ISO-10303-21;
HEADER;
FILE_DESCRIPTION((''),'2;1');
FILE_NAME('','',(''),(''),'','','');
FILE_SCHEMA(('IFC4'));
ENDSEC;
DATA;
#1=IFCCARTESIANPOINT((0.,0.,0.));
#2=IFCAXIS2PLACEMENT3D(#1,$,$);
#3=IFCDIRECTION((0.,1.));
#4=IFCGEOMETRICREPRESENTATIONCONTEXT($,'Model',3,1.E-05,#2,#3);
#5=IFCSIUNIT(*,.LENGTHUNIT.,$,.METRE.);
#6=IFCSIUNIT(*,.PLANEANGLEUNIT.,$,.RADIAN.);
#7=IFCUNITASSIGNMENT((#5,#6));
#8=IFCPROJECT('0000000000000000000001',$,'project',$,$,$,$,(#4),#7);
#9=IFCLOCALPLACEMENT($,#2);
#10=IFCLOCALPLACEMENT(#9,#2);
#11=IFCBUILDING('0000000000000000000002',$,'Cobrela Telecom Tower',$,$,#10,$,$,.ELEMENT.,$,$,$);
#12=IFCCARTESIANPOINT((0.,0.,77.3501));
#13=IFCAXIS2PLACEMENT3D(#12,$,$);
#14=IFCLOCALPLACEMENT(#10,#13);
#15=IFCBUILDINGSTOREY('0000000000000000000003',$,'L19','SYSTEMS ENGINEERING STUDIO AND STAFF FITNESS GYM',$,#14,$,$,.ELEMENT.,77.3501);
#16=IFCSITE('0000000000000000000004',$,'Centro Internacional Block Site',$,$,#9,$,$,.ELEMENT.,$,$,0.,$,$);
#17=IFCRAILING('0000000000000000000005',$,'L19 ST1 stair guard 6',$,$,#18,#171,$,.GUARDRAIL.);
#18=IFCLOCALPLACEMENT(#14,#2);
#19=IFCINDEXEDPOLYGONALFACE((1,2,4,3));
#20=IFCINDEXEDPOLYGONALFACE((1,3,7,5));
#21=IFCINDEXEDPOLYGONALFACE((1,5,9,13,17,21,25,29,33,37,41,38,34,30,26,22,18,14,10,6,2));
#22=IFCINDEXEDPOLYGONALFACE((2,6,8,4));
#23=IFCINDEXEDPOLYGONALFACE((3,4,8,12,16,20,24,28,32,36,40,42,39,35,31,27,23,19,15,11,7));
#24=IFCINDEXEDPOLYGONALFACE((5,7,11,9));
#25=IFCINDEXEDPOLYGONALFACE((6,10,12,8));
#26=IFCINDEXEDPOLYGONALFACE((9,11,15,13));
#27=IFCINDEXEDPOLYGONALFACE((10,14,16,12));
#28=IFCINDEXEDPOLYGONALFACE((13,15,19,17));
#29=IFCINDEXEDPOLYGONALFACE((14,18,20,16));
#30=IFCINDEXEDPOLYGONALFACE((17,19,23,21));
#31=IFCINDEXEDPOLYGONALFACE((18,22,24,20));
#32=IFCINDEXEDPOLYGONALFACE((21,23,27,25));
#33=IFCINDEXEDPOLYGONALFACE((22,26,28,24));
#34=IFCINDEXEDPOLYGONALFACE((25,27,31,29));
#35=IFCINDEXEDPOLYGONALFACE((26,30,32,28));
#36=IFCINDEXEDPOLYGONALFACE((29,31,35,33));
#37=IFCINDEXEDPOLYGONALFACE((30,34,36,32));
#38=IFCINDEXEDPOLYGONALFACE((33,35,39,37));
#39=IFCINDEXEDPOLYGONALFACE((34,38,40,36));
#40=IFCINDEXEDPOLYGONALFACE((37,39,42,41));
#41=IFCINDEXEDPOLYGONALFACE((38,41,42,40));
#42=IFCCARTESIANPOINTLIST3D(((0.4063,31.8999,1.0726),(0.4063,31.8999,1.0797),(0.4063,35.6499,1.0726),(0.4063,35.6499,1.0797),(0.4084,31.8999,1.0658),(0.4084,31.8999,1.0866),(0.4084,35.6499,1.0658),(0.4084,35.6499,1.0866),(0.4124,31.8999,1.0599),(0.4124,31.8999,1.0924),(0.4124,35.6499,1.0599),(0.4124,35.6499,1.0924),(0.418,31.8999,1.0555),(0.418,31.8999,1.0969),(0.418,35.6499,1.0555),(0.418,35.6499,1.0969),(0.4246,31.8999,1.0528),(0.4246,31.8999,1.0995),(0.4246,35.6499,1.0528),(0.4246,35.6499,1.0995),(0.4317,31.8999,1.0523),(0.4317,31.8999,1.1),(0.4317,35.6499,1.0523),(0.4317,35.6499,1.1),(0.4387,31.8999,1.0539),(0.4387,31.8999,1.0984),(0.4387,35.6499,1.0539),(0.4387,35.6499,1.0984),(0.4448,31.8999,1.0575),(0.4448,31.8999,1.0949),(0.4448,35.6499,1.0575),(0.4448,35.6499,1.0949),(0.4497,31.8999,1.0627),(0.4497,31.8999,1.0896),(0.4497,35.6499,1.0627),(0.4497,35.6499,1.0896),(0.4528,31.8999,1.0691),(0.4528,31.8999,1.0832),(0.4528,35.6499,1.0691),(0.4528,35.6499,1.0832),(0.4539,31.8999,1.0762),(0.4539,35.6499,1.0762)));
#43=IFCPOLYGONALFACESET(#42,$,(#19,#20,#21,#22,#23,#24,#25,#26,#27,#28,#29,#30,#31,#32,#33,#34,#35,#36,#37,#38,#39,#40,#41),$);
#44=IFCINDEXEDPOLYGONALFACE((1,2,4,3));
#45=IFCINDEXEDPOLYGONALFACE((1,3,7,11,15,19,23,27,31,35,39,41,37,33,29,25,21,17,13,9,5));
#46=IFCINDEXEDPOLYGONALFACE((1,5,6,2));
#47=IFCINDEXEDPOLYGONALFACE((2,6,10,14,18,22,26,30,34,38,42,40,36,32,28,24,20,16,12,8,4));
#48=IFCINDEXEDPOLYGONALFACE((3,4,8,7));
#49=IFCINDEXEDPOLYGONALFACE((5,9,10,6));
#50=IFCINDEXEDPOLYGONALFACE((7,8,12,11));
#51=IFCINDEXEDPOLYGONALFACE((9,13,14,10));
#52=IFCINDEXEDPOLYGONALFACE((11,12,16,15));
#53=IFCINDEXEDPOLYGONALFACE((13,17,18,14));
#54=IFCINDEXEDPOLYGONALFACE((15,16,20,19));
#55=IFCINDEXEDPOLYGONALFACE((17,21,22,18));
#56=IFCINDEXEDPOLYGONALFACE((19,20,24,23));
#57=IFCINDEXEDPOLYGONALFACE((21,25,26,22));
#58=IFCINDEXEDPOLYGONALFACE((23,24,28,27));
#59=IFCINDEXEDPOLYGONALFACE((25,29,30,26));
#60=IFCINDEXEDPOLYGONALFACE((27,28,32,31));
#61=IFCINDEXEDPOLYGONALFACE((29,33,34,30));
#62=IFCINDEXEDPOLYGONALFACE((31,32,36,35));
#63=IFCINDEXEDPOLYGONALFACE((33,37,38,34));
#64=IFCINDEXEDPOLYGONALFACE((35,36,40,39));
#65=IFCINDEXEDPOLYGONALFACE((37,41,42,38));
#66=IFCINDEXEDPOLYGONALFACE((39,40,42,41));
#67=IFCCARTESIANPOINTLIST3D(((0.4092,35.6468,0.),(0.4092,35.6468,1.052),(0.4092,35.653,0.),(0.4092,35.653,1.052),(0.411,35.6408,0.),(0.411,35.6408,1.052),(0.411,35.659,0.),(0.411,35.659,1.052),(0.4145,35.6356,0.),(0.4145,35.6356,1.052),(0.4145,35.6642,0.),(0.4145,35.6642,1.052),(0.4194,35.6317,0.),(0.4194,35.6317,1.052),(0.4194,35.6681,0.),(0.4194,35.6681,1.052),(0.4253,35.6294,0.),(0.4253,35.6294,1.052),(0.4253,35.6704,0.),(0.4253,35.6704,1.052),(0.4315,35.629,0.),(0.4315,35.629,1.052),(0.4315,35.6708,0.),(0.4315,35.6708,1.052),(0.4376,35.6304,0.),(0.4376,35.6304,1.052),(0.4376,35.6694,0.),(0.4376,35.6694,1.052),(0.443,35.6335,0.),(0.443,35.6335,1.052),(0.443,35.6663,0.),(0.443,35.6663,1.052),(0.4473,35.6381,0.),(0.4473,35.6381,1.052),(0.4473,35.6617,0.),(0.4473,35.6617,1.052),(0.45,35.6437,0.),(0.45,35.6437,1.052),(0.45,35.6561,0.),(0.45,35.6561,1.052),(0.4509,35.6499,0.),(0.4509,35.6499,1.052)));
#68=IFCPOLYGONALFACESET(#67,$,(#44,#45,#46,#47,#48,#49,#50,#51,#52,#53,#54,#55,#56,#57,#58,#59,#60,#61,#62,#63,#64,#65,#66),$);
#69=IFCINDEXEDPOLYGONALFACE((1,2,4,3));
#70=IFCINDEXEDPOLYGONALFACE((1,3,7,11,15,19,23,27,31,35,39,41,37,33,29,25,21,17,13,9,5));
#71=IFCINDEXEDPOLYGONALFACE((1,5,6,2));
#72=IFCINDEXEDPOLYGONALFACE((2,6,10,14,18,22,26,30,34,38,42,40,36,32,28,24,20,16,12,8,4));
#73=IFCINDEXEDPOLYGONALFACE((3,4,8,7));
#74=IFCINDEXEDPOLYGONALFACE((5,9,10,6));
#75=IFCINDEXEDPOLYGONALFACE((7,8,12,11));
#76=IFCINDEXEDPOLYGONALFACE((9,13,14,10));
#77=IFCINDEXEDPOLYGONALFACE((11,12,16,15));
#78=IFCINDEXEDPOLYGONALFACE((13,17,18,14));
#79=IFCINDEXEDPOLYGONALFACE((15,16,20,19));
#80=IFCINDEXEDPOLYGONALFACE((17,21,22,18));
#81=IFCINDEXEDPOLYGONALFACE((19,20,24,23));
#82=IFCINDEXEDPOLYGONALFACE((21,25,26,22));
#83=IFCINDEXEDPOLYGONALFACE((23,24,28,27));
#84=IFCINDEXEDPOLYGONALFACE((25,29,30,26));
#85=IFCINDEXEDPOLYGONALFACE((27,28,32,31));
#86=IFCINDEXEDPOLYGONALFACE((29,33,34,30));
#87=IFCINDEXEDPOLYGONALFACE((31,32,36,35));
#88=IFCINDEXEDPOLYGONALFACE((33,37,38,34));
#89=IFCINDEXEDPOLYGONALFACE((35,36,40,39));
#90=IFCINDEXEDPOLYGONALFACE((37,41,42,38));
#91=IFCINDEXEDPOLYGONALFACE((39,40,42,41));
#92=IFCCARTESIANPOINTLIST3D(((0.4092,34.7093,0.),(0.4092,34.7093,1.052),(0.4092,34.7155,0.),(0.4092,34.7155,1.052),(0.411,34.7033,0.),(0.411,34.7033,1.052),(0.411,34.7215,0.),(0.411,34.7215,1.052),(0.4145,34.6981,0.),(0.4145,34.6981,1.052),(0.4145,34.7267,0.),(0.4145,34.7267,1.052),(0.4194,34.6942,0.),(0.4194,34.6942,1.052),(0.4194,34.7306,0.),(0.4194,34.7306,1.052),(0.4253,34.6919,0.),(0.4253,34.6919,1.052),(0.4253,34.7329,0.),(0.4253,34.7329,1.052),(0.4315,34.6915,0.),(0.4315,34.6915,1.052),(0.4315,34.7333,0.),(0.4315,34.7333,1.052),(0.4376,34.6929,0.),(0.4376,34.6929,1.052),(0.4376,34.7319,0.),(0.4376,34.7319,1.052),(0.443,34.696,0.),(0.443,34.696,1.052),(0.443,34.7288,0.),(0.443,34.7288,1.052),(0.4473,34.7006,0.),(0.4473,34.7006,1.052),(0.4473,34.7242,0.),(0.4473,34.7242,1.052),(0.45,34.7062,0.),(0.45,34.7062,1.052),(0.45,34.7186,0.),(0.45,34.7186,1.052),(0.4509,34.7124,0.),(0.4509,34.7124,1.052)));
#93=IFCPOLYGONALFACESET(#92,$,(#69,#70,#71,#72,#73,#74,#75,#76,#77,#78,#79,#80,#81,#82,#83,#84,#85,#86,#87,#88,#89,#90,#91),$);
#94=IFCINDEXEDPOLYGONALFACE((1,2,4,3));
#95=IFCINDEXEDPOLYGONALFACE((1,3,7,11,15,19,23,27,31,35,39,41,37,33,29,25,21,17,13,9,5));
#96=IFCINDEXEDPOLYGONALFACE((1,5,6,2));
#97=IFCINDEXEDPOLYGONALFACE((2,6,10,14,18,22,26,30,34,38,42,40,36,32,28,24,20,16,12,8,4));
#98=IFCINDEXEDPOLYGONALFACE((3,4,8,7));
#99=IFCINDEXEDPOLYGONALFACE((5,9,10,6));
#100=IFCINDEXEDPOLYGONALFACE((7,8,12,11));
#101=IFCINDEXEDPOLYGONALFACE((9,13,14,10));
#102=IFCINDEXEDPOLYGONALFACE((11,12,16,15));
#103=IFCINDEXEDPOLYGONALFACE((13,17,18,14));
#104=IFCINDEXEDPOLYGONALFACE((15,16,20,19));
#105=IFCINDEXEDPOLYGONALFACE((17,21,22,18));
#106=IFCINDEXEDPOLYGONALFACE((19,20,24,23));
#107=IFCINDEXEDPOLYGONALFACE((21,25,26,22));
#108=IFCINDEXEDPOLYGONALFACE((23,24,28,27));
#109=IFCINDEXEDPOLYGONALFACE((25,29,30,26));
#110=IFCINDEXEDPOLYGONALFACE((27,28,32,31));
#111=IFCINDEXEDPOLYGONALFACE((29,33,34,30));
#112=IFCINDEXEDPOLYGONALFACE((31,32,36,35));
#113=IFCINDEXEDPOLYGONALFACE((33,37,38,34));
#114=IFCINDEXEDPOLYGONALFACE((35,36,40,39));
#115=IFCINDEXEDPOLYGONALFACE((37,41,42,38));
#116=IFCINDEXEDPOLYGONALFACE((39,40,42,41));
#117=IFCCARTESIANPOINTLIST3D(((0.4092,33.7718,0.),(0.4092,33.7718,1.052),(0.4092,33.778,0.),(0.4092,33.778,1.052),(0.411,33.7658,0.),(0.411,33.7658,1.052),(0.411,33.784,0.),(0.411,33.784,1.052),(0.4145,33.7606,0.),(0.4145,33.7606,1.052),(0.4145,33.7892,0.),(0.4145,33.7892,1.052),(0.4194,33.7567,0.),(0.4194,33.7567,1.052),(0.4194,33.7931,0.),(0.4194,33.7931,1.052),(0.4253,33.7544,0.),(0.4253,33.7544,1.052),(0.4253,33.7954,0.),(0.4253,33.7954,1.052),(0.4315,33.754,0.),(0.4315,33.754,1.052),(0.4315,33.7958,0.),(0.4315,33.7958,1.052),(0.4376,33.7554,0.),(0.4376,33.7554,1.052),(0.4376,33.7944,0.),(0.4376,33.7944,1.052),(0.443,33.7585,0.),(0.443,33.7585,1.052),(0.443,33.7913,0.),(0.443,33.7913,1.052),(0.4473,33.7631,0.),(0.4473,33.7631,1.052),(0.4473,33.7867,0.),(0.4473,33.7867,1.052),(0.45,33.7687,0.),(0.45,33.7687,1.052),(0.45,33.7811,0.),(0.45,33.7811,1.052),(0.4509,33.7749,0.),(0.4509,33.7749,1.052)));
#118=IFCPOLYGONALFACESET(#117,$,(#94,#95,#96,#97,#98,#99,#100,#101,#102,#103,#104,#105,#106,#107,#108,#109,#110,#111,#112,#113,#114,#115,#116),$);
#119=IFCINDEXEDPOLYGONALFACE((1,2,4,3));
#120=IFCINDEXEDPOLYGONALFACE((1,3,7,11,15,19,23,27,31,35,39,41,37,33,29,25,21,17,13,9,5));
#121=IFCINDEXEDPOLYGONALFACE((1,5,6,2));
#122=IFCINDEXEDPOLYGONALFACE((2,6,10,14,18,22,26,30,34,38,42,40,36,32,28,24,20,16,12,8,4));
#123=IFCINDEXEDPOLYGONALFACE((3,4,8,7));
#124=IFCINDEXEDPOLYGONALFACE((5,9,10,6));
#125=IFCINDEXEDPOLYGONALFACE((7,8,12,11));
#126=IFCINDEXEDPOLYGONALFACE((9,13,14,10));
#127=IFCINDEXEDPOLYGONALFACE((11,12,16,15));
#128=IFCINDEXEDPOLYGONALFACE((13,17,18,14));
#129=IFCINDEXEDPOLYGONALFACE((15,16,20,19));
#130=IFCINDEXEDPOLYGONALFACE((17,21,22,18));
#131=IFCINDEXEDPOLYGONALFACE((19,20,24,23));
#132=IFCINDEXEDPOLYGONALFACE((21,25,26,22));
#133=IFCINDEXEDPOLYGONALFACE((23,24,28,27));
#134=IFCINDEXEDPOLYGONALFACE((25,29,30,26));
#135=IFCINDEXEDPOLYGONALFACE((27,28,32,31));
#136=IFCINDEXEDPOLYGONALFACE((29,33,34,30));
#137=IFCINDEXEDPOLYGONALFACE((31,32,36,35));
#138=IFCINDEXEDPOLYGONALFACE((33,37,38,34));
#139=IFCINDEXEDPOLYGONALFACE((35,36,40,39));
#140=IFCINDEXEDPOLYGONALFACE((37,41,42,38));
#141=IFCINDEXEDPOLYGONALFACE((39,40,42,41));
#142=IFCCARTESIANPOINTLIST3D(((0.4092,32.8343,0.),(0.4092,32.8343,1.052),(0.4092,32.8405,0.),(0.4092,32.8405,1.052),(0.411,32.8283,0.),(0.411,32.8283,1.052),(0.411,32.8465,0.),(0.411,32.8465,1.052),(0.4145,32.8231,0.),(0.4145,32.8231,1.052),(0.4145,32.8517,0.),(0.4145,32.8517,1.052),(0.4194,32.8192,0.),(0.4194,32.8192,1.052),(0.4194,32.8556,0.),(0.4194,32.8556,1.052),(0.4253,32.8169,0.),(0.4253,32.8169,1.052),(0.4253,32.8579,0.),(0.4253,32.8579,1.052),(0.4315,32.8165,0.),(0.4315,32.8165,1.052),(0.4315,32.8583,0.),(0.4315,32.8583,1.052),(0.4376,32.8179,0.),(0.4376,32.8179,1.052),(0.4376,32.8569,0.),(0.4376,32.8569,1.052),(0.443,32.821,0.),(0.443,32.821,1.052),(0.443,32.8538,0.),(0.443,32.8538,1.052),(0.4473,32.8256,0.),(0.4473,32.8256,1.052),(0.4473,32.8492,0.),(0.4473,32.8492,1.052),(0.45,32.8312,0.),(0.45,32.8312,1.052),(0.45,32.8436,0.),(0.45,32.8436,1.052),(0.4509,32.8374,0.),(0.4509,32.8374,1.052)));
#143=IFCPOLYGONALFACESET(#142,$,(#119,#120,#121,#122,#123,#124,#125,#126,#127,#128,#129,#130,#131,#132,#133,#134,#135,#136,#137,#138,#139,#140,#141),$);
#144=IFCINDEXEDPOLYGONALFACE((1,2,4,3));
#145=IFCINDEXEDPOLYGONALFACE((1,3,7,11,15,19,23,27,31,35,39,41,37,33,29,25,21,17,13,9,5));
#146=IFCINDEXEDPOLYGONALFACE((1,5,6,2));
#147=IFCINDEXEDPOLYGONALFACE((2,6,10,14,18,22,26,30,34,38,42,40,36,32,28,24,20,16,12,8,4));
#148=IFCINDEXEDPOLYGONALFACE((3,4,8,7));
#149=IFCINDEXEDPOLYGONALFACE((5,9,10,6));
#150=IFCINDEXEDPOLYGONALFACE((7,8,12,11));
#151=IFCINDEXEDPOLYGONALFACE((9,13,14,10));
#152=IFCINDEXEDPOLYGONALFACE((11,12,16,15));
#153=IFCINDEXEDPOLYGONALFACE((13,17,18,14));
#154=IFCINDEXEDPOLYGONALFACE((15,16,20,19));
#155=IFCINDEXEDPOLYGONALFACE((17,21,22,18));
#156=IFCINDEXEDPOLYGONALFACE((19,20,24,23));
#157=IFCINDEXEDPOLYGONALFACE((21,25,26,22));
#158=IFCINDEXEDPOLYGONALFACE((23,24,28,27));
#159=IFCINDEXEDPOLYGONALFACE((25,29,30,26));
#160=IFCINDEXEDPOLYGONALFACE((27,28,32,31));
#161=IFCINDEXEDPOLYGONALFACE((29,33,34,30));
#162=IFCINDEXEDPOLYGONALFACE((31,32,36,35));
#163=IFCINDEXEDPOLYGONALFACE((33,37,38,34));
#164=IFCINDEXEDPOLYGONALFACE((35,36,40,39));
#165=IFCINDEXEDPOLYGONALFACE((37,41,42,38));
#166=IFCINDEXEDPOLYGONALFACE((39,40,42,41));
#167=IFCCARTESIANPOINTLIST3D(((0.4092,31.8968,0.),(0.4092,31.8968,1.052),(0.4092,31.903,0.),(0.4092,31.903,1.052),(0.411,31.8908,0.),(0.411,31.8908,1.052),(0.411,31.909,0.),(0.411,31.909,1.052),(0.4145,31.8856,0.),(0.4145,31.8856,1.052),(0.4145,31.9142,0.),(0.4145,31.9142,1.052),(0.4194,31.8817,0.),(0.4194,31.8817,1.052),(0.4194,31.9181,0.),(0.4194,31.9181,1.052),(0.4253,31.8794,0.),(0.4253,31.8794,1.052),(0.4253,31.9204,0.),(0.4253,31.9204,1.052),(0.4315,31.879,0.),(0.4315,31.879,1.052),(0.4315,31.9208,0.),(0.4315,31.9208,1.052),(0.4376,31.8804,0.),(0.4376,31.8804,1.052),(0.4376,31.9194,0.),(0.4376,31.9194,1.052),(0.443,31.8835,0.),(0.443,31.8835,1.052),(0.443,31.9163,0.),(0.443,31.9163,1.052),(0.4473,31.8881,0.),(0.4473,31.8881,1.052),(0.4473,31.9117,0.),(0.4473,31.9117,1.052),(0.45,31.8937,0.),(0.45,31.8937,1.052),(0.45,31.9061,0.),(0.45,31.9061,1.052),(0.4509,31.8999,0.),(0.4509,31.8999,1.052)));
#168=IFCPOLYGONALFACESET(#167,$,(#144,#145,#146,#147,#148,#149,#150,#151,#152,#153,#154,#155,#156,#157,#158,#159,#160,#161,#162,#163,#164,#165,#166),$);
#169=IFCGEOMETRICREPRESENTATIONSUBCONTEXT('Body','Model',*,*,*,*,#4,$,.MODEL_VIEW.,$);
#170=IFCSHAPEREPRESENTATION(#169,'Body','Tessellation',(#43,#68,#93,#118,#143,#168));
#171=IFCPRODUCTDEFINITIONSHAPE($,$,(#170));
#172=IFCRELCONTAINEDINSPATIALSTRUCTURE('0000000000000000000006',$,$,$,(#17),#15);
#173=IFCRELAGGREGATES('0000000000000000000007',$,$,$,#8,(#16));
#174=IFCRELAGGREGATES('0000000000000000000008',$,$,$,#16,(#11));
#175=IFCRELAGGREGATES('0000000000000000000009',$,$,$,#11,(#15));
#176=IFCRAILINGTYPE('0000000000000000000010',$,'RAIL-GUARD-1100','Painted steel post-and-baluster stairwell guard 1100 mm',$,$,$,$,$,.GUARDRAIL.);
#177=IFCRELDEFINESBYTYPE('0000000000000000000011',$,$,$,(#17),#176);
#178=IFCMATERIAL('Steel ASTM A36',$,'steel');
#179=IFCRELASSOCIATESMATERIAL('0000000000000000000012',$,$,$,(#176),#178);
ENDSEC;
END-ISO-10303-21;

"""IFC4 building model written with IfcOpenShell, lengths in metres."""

from ifc_helpers import new_model, si_unit, direction, frame, origin, origin_2d, place, context, subcontext, project, spatial, circle, extrude, material, type_object, element, save


model = new_model("IFC4")

# Units and contexts
model_context = context("Model", 3, precision=1e-05, world=origin(), true_north=direction((0.0, 1.0)))
body_context = subcontext(model_context, "Body", "Model", "MODEL_VIEW")
ifc_project = project(units=[si_unit("LENGTHUNIT", "METRE"), si_unit("PLANEANGLEUNIT", "RADIAN")], contexts=[model_context])

# Site, building, storey
site_placement = place(None, origin())
site = spatial("IfcSite", under=ifc_project, at=site_placement, Name="Centro Internacional Block Site", CompositionType="ELEMENT", RefElevation=0.0)
building_placement = place(site_placement, origin())
building = spatial("IfcBuilding", under=site, at=building_placement, Name="Cobrela Telecom Tower", CompositionType="ELEMENT")
storey_placement = place(building_placement, frame((0.0, 0.0, 77.3501)))
storey = spatial("IfcBuildingStorey", under=building, at=storey_placement, Name="L19", Description="SYSTEMS ENGINEERING STUDIO AND STAFF FITNESS GYM", CompositionType="ELEMENT", Elevation=77.3501)

# Shared definitions
ifc_material_1 = material(Name="Steel ASTM A36", Category="steel")

# Railing
railing_type_1 = type_object("IfcRailingType", Name="RAIL-GUARD-1100", Description="Painted steel post-and-baluster stairwell guard 1100 mm", PredefinedType="GUARDRAIL", material=ifc_material_1)
railing_1_placement = place(storey_placement, frame((0.4299, 35.6499, 0.0)))
element("IfcRailing", 1, at=railing_1_placement, inside=storey, type_object=railing_type_1, Name="L19 ST1 stair guard 6", PredefinedType="GUARDRAIL", context=body_context, shape_type="SweptSolid", body=[
    extrude(circle(Radius=0.0239, at=origin_2d()), frame((0.0, 0.0, 1.0762), z_axis=(0.0, -1.0, 0.0), x_axis=(1.0, 0.0, 0.0)), (0.0, 0.0, 1.0), 3.75),
    extrude(circle(Radius=0.021, at=origin_2d()), origin(), (0.0, 0.0, 1.0), 1.052),
    extrude(circle(Radius=0.021, at=origin_2d()), frame((0.0, -0.9375, 0.0)), (0.0, 0.0, 1.0), 1.052),
    extrude(circle(Radius=0.021, at=origin_2d()), frame((0.0, -1.875, 0.0)), (0.0, 0.0, 1.0), 1.052),
    extrude(circle(Radius=0.021, at=origin_2d()), frame((0.0, -2.8125, 0.0)), (0.0, 0.0, 1.0), 1.052),
    extrude(circle(Radius=0.021, at=origin_2d()), frame((0.0, -3.75, 0.0)), (0.0, 0.0, 1.0), 1.052),
])

save(model, "model.ifc")
